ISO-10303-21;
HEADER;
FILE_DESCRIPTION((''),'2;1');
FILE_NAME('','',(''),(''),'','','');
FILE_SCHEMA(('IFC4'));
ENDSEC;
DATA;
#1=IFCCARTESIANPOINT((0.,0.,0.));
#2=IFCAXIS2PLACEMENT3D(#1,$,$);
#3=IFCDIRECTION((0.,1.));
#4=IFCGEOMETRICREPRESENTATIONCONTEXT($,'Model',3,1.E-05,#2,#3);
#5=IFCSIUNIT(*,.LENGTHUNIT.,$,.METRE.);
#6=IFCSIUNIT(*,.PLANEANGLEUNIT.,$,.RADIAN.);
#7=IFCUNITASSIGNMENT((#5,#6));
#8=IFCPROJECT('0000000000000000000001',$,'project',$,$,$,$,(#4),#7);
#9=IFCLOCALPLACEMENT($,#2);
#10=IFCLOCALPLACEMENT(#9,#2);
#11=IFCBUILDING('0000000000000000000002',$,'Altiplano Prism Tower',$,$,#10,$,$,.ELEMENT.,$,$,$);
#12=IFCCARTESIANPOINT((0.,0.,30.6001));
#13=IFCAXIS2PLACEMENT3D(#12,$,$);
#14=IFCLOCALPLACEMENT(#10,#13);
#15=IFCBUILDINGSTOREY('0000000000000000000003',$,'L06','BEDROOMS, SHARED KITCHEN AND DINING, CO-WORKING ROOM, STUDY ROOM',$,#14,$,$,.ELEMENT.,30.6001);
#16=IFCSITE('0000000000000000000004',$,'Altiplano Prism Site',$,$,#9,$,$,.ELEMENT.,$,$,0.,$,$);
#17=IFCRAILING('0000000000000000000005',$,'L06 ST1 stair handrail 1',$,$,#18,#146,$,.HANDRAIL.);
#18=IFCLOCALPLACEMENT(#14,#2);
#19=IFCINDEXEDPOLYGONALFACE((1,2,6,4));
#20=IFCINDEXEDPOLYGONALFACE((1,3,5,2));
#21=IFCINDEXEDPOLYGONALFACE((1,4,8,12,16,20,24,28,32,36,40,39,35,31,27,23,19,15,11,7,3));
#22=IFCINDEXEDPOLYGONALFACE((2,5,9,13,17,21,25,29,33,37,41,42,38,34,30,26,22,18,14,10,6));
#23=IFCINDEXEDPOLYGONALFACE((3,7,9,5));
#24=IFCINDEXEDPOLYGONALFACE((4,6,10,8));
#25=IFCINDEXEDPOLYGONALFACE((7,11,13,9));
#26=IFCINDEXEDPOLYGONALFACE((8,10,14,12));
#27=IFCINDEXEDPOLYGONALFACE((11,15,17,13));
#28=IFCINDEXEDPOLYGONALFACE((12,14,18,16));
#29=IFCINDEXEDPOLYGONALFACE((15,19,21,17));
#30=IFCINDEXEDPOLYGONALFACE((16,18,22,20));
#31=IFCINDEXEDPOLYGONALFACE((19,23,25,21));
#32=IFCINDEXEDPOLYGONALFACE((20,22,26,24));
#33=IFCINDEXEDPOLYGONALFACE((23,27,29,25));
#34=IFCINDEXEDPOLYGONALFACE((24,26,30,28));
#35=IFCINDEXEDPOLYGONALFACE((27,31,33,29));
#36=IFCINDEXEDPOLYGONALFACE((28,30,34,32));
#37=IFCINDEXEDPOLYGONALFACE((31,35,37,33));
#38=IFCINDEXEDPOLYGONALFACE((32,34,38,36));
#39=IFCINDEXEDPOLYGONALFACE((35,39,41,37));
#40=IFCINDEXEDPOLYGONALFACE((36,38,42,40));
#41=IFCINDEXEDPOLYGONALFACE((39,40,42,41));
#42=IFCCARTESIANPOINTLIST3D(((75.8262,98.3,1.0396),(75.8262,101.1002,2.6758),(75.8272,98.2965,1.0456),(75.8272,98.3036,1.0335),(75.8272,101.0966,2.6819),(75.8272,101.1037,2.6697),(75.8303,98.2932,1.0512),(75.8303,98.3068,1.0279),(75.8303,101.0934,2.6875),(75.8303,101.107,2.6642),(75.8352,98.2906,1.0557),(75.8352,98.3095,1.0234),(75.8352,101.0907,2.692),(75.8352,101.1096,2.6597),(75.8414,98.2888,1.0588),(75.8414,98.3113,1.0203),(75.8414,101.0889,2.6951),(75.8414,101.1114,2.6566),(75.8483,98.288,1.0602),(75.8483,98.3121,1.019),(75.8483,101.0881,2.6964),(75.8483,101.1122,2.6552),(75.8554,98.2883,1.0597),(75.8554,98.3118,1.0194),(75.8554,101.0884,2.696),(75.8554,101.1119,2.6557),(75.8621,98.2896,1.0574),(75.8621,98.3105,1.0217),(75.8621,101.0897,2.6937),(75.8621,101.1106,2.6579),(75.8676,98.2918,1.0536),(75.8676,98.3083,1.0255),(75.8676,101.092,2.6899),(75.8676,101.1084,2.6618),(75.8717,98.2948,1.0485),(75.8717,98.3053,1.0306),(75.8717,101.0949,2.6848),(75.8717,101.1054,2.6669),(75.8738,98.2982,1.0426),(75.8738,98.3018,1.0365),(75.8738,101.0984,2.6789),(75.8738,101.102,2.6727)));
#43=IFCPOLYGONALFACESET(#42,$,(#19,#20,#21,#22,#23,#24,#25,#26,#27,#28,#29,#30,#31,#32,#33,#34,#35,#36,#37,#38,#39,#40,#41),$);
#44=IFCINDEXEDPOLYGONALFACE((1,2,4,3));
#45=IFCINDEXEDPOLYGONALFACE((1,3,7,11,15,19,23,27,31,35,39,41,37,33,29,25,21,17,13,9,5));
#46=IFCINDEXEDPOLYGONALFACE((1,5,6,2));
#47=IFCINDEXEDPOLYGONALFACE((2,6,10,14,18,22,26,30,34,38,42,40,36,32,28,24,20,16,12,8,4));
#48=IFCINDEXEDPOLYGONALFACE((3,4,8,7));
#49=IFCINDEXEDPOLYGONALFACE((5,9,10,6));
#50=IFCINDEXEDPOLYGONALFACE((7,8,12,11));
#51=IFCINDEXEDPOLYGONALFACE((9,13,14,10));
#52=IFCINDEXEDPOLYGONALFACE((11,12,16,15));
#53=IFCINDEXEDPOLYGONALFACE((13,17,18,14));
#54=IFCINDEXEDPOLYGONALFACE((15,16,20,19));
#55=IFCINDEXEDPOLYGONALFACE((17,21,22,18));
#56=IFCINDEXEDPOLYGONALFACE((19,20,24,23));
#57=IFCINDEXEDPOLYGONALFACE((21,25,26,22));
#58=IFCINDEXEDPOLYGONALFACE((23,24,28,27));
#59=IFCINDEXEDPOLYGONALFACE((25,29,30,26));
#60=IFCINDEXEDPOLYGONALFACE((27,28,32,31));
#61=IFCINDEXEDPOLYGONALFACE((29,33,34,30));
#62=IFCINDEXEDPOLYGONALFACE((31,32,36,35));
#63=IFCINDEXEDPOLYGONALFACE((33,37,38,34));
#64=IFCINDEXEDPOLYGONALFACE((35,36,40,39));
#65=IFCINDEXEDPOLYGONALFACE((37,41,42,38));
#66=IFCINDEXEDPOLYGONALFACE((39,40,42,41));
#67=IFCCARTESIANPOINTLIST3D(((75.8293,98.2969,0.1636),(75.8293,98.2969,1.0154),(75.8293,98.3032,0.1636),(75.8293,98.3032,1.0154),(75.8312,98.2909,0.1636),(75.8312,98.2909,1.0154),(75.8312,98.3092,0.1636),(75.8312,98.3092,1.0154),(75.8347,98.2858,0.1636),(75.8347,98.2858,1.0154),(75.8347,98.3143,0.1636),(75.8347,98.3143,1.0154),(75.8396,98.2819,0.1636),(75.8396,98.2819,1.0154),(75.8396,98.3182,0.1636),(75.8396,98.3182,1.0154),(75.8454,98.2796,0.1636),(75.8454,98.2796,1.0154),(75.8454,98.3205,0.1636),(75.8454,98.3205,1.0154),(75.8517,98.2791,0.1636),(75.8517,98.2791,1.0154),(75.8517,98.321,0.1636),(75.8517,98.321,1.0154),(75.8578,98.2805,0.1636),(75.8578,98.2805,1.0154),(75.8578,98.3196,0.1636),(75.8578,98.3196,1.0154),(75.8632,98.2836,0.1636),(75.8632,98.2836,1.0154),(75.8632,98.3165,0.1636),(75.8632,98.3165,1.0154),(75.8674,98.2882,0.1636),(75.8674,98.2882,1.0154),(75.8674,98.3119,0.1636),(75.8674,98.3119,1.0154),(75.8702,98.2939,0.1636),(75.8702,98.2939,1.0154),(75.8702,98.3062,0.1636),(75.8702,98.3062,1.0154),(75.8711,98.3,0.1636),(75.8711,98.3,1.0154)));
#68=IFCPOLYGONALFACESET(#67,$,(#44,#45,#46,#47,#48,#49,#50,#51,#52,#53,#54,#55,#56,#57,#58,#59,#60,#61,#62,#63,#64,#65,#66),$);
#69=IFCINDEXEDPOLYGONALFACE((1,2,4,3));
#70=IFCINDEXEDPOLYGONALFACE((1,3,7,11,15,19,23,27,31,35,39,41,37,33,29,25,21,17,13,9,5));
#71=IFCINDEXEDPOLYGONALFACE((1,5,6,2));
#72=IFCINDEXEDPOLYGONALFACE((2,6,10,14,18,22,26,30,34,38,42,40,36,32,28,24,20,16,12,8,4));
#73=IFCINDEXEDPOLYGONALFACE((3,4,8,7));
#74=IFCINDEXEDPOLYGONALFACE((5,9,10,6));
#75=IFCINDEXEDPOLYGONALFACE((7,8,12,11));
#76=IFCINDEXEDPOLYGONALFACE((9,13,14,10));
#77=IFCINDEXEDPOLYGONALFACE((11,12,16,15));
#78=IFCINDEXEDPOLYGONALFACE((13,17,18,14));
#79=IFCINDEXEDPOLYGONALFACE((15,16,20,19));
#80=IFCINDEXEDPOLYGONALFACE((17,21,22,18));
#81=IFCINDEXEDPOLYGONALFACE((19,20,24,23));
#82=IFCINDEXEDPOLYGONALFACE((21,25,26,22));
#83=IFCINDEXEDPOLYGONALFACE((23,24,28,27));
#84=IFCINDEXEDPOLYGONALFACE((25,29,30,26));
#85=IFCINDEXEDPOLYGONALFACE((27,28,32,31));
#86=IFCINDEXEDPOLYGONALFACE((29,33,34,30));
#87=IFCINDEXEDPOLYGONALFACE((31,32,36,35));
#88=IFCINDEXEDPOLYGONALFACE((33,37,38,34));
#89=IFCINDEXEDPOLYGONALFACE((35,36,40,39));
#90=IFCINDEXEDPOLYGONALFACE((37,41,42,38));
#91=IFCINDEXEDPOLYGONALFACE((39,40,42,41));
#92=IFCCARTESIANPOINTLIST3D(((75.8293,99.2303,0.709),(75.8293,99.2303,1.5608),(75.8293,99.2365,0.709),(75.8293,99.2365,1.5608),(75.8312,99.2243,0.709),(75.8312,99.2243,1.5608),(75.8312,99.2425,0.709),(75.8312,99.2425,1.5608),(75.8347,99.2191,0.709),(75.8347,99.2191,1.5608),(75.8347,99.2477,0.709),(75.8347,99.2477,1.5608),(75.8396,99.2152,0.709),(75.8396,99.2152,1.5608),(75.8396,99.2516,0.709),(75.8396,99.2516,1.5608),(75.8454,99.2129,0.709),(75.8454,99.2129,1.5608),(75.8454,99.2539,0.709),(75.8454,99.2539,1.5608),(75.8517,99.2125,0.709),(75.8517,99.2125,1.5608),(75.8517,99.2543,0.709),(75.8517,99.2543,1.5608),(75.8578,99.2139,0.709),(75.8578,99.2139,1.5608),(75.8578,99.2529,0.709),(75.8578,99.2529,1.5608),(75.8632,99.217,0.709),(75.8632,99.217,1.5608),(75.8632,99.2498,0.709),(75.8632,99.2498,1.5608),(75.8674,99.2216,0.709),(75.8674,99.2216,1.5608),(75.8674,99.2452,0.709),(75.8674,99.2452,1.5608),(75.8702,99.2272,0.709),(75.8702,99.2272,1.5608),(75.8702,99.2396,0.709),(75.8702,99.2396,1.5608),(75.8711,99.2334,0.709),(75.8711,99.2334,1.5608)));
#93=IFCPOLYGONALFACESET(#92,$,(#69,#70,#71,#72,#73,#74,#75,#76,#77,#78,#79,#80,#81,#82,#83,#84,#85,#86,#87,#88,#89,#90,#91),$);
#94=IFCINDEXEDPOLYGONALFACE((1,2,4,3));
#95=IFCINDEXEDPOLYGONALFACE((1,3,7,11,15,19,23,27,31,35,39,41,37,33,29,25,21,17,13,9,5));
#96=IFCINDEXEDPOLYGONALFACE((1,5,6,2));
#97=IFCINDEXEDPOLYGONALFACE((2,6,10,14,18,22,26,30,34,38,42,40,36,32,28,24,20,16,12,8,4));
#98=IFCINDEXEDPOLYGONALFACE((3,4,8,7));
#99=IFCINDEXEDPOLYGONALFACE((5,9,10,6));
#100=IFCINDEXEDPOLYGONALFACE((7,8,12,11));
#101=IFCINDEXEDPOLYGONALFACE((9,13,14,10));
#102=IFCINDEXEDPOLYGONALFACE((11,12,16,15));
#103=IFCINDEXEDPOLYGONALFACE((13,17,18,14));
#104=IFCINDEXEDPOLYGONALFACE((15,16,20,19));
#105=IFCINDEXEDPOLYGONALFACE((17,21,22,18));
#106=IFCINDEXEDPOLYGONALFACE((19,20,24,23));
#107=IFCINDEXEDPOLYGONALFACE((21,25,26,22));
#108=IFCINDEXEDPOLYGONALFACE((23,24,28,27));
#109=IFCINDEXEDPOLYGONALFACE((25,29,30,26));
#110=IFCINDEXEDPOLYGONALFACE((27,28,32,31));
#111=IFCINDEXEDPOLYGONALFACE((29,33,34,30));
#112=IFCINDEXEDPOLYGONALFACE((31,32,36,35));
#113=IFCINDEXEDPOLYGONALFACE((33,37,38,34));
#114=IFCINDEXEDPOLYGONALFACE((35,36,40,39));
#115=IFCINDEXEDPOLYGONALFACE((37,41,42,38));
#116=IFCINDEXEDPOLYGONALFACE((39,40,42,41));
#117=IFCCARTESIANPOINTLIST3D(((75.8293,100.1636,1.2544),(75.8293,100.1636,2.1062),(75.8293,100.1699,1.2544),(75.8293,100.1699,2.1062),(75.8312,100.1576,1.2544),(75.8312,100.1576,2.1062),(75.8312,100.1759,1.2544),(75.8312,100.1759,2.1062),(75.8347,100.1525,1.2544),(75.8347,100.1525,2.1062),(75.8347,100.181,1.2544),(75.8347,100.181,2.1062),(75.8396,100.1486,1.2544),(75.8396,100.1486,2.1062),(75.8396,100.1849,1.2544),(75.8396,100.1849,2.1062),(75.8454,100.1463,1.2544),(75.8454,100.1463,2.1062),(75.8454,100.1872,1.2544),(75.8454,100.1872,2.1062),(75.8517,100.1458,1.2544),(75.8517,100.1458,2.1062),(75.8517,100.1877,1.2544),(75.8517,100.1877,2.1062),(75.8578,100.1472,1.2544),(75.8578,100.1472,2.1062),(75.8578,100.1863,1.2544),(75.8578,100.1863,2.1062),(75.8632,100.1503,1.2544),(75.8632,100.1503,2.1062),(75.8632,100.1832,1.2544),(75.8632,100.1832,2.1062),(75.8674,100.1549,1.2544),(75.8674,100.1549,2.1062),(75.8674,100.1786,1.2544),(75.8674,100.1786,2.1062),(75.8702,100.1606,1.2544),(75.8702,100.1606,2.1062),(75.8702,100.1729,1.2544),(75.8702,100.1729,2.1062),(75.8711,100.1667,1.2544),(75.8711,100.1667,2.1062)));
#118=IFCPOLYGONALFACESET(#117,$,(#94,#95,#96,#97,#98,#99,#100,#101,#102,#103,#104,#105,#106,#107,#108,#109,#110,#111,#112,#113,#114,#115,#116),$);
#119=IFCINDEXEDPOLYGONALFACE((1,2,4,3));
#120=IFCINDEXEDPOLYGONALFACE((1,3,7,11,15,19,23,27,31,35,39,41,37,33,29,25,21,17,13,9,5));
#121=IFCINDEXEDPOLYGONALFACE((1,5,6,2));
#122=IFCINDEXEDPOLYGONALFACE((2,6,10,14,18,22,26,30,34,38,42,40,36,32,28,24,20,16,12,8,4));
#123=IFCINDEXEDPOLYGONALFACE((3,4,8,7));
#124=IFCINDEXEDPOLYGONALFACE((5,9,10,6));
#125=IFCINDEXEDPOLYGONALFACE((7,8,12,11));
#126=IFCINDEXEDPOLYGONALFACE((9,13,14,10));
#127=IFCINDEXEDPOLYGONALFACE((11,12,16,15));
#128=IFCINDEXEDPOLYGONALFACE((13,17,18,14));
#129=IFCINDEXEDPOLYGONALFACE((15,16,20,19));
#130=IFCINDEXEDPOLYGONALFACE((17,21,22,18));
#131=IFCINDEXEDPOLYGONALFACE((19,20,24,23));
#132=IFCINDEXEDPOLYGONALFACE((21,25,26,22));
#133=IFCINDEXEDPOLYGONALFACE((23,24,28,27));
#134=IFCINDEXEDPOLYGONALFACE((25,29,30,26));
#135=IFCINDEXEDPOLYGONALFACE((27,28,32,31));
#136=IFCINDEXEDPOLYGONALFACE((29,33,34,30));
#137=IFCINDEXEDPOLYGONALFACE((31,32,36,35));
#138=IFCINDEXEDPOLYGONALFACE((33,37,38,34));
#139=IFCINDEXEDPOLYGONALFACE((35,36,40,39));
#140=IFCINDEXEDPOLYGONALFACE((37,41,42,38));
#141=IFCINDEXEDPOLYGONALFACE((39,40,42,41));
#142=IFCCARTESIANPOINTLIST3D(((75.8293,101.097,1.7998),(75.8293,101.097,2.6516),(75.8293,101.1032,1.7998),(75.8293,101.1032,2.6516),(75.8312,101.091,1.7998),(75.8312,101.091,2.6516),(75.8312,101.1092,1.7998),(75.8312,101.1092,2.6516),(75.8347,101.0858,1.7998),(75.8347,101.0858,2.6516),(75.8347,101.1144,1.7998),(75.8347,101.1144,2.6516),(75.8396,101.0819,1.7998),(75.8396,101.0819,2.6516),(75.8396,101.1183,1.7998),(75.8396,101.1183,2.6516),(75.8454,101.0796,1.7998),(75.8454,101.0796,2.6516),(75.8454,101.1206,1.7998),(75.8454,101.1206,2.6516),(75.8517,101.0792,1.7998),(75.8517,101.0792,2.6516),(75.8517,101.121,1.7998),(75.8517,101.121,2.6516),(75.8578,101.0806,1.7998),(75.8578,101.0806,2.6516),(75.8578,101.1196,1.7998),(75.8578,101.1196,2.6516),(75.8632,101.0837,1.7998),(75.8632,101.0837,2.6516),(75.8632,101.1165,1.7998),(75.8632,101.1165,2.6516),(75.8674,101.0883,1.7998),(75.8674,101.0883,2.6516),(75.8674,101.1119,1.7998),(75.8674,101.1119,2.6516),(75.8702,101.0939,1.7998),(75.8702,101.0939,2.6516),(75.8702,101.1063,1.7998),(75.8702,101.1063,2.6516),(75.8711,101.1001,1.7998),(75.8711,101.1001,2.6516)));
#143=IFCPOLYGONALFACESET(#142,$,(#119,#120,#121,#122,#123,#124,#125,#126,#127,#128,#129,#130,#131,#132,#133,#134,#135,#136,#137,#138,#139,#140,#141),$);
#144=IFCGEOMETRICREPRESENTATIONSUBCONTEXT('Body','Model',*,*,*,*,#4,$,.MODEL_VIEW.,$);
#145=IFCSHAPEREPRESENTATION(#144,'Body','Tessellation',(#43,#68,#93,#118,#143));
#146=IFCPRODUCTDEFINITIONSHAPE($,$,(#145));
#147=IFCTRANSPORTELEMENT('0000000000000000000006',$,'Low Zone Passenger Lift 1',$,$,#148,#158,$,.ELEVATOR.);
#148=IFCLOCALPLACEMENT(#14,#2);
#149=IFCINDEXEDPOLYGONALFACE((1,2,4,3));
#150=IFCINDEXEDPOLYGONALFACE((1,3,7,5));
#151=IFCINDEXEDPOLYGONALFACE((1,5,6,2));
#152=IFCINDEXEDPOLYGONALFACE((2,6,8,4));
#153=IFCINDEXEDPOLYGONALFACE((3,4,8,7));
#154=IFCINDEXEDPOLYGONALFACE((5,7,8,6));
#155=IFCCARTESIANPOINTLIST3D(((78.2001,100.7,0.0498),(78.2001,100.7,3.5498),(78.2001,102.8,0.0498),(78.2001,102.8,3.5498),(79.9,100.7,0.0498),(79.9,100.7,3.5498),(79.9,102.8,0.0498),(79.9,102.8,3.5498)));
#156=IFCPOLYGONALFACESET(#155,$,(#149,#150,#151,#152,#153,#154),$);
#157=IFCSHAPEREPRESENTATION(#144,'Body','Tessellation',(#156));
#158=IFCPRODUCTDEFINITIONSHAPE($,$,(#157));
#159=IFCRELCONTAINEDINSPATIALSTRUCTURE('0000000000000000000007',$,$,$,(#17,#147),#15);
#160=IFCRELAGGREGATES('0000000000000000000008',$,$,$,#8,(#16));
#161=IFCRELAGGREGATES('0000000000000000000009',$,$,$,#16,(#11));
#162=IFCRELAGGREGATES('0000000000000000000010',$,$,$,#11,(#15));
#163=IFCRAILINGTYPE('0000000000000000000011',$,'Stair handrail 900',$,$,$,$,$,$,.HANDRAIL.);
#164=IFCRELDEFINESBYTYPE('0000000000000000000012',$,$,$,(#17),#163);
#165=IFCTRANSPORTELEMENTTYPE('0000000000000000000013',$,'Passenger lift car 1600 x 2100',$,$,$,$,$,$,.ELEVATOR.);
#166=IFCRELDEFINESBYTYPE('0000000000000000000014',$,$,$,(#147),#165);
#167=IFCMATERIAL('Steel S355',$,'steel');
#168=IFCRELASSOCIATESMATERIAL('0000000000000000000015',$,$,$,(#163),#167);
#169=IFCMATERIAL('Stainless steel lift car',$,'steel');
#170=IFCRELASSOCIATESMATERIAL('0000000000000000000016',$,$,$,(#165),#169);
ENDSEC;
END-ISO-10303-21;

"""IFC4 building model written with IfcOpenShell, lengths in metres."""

from ifc_helpers import new_model, si_unit, direction, frame, origin, origin_2d, place, context, subcontext, project, spatial, rectangle, circle, extrude, material, type_object, element, save


model = new_model("IFC4")

# Units and contexts
model_context = context("Model", 3, precision=1e-05, world=origin(), true_north=direction((0.0, 1.0)))
body_context = subcontext(model_context, "Body", "Model", "MODEL_VIEW")
ifc_project = project(units=[si_unit("LENGTHUNIT", "METRE"), si_unit("PLANEANGLEUNIT", "RADIAN")], contexts=[model_context])

# Site, building, storey
site_placement = place(None, origin())
site = spatial("IfcSite", under=ifc_project, at=site_placement, Name="Altiplano Prism Site", CompositionType="ELEMENT", RefElevation=0.0)
building_placement = place(site_placement, origin())
building = spatial("IfcBuilding", under=site, at=building_placement, Name="Altiplano Prism Tower", CompositionType="ELEMENT")
storey_placement = place(building_placement, frame((0.0, 0.0, 30.6001)))
storey = spatial("IfcBuildingStorey", under=building, at=storey_placement, Name="L06", Description="BEDROOMS, SHARED KITCHEN AND DINING, CO-WORKING ROOM, STUDY ROOM", CompositionType="ELEMENT", Elevation=30.6001)

# Railing
ifc_material_1 = material(Name="Steel S355", Category="steel")
railing_type = type_object("IfcRailingType", Name="Stair handrail 900", PredefinedType="HANDRAIL", material=ifc_material_1)
railing_placement = place(storey_placement, frame((75.8501, 98.3, 0.1636)))
element("IfcRailing", 1, at=railing_placement, inside=storey, type_object=railing_type, Name="L06 ST1 stair handrail 1", PredefinedType="HANDRAIL", context=body_context, shape_type="SweptSolid", body=[
    extrude(circle(Radius=0.0239, at=origin_2d()), frame((0.0, 0.0, 0.876), z_axis=(0.0, 0.863394, 0.504531), x_axis=(-1.0, 0.0, 0.0)), (0.0, 0.0, 1.0), 3.2432),
    extrude(circle(Radius=0.021, at=origin_2d()), origin(), (0.0, 0.0, 1.0), 0.8518),
    extrude(circle(Radius=0.021, at=origin_2d()), frame((0.0, 0.9333, 0.5454)), (0.0, 0.0, 1.0), 0.8518),
    extrude(circle(Radius=0.021, at=origin_2d()), frame((0.0, 1.8667, 1.0908)), (0.0, 0.0, 1.0), 0.8518),
    extrude(circle(Radius=0.021, at=origin_2d()), frame((0.0, 2.8, 1.6362)), (0.0, 0.0, 1.0), 0.8518),
])

# Transport element
ifc_material_2 = material(Name="Stainless steel lift car", Category="steel")
transport_element_type = type_object("IfcTransportElementType", Name="Passenger lift car 1600 x 2100", PredefinedType="ELEVATOR", material=ifc_material_2)
transport_element_placement = place(storey_placement, frame((79.05, 101.75, 0.0498), z_axis=(0.0, 0.0, 1.0), x_axis=(1.0, 0.0, 0.0)))
element("IfcTransportElement", 2, at=transport_element_placement, inside=storey, type_object=transport_element_type, Name="Low Zone Passenger Lift 1", PredefinedType="ELEVATOR", context=body_context, shape_type="SweptSolid", body=[
    extrude(rectangle(XDim=1.7, YDim=2.1001, at=origin_2d()), origin(), (0.0, 0.0, 1.0), 3.5),
])

save(model, "model.ifc")
